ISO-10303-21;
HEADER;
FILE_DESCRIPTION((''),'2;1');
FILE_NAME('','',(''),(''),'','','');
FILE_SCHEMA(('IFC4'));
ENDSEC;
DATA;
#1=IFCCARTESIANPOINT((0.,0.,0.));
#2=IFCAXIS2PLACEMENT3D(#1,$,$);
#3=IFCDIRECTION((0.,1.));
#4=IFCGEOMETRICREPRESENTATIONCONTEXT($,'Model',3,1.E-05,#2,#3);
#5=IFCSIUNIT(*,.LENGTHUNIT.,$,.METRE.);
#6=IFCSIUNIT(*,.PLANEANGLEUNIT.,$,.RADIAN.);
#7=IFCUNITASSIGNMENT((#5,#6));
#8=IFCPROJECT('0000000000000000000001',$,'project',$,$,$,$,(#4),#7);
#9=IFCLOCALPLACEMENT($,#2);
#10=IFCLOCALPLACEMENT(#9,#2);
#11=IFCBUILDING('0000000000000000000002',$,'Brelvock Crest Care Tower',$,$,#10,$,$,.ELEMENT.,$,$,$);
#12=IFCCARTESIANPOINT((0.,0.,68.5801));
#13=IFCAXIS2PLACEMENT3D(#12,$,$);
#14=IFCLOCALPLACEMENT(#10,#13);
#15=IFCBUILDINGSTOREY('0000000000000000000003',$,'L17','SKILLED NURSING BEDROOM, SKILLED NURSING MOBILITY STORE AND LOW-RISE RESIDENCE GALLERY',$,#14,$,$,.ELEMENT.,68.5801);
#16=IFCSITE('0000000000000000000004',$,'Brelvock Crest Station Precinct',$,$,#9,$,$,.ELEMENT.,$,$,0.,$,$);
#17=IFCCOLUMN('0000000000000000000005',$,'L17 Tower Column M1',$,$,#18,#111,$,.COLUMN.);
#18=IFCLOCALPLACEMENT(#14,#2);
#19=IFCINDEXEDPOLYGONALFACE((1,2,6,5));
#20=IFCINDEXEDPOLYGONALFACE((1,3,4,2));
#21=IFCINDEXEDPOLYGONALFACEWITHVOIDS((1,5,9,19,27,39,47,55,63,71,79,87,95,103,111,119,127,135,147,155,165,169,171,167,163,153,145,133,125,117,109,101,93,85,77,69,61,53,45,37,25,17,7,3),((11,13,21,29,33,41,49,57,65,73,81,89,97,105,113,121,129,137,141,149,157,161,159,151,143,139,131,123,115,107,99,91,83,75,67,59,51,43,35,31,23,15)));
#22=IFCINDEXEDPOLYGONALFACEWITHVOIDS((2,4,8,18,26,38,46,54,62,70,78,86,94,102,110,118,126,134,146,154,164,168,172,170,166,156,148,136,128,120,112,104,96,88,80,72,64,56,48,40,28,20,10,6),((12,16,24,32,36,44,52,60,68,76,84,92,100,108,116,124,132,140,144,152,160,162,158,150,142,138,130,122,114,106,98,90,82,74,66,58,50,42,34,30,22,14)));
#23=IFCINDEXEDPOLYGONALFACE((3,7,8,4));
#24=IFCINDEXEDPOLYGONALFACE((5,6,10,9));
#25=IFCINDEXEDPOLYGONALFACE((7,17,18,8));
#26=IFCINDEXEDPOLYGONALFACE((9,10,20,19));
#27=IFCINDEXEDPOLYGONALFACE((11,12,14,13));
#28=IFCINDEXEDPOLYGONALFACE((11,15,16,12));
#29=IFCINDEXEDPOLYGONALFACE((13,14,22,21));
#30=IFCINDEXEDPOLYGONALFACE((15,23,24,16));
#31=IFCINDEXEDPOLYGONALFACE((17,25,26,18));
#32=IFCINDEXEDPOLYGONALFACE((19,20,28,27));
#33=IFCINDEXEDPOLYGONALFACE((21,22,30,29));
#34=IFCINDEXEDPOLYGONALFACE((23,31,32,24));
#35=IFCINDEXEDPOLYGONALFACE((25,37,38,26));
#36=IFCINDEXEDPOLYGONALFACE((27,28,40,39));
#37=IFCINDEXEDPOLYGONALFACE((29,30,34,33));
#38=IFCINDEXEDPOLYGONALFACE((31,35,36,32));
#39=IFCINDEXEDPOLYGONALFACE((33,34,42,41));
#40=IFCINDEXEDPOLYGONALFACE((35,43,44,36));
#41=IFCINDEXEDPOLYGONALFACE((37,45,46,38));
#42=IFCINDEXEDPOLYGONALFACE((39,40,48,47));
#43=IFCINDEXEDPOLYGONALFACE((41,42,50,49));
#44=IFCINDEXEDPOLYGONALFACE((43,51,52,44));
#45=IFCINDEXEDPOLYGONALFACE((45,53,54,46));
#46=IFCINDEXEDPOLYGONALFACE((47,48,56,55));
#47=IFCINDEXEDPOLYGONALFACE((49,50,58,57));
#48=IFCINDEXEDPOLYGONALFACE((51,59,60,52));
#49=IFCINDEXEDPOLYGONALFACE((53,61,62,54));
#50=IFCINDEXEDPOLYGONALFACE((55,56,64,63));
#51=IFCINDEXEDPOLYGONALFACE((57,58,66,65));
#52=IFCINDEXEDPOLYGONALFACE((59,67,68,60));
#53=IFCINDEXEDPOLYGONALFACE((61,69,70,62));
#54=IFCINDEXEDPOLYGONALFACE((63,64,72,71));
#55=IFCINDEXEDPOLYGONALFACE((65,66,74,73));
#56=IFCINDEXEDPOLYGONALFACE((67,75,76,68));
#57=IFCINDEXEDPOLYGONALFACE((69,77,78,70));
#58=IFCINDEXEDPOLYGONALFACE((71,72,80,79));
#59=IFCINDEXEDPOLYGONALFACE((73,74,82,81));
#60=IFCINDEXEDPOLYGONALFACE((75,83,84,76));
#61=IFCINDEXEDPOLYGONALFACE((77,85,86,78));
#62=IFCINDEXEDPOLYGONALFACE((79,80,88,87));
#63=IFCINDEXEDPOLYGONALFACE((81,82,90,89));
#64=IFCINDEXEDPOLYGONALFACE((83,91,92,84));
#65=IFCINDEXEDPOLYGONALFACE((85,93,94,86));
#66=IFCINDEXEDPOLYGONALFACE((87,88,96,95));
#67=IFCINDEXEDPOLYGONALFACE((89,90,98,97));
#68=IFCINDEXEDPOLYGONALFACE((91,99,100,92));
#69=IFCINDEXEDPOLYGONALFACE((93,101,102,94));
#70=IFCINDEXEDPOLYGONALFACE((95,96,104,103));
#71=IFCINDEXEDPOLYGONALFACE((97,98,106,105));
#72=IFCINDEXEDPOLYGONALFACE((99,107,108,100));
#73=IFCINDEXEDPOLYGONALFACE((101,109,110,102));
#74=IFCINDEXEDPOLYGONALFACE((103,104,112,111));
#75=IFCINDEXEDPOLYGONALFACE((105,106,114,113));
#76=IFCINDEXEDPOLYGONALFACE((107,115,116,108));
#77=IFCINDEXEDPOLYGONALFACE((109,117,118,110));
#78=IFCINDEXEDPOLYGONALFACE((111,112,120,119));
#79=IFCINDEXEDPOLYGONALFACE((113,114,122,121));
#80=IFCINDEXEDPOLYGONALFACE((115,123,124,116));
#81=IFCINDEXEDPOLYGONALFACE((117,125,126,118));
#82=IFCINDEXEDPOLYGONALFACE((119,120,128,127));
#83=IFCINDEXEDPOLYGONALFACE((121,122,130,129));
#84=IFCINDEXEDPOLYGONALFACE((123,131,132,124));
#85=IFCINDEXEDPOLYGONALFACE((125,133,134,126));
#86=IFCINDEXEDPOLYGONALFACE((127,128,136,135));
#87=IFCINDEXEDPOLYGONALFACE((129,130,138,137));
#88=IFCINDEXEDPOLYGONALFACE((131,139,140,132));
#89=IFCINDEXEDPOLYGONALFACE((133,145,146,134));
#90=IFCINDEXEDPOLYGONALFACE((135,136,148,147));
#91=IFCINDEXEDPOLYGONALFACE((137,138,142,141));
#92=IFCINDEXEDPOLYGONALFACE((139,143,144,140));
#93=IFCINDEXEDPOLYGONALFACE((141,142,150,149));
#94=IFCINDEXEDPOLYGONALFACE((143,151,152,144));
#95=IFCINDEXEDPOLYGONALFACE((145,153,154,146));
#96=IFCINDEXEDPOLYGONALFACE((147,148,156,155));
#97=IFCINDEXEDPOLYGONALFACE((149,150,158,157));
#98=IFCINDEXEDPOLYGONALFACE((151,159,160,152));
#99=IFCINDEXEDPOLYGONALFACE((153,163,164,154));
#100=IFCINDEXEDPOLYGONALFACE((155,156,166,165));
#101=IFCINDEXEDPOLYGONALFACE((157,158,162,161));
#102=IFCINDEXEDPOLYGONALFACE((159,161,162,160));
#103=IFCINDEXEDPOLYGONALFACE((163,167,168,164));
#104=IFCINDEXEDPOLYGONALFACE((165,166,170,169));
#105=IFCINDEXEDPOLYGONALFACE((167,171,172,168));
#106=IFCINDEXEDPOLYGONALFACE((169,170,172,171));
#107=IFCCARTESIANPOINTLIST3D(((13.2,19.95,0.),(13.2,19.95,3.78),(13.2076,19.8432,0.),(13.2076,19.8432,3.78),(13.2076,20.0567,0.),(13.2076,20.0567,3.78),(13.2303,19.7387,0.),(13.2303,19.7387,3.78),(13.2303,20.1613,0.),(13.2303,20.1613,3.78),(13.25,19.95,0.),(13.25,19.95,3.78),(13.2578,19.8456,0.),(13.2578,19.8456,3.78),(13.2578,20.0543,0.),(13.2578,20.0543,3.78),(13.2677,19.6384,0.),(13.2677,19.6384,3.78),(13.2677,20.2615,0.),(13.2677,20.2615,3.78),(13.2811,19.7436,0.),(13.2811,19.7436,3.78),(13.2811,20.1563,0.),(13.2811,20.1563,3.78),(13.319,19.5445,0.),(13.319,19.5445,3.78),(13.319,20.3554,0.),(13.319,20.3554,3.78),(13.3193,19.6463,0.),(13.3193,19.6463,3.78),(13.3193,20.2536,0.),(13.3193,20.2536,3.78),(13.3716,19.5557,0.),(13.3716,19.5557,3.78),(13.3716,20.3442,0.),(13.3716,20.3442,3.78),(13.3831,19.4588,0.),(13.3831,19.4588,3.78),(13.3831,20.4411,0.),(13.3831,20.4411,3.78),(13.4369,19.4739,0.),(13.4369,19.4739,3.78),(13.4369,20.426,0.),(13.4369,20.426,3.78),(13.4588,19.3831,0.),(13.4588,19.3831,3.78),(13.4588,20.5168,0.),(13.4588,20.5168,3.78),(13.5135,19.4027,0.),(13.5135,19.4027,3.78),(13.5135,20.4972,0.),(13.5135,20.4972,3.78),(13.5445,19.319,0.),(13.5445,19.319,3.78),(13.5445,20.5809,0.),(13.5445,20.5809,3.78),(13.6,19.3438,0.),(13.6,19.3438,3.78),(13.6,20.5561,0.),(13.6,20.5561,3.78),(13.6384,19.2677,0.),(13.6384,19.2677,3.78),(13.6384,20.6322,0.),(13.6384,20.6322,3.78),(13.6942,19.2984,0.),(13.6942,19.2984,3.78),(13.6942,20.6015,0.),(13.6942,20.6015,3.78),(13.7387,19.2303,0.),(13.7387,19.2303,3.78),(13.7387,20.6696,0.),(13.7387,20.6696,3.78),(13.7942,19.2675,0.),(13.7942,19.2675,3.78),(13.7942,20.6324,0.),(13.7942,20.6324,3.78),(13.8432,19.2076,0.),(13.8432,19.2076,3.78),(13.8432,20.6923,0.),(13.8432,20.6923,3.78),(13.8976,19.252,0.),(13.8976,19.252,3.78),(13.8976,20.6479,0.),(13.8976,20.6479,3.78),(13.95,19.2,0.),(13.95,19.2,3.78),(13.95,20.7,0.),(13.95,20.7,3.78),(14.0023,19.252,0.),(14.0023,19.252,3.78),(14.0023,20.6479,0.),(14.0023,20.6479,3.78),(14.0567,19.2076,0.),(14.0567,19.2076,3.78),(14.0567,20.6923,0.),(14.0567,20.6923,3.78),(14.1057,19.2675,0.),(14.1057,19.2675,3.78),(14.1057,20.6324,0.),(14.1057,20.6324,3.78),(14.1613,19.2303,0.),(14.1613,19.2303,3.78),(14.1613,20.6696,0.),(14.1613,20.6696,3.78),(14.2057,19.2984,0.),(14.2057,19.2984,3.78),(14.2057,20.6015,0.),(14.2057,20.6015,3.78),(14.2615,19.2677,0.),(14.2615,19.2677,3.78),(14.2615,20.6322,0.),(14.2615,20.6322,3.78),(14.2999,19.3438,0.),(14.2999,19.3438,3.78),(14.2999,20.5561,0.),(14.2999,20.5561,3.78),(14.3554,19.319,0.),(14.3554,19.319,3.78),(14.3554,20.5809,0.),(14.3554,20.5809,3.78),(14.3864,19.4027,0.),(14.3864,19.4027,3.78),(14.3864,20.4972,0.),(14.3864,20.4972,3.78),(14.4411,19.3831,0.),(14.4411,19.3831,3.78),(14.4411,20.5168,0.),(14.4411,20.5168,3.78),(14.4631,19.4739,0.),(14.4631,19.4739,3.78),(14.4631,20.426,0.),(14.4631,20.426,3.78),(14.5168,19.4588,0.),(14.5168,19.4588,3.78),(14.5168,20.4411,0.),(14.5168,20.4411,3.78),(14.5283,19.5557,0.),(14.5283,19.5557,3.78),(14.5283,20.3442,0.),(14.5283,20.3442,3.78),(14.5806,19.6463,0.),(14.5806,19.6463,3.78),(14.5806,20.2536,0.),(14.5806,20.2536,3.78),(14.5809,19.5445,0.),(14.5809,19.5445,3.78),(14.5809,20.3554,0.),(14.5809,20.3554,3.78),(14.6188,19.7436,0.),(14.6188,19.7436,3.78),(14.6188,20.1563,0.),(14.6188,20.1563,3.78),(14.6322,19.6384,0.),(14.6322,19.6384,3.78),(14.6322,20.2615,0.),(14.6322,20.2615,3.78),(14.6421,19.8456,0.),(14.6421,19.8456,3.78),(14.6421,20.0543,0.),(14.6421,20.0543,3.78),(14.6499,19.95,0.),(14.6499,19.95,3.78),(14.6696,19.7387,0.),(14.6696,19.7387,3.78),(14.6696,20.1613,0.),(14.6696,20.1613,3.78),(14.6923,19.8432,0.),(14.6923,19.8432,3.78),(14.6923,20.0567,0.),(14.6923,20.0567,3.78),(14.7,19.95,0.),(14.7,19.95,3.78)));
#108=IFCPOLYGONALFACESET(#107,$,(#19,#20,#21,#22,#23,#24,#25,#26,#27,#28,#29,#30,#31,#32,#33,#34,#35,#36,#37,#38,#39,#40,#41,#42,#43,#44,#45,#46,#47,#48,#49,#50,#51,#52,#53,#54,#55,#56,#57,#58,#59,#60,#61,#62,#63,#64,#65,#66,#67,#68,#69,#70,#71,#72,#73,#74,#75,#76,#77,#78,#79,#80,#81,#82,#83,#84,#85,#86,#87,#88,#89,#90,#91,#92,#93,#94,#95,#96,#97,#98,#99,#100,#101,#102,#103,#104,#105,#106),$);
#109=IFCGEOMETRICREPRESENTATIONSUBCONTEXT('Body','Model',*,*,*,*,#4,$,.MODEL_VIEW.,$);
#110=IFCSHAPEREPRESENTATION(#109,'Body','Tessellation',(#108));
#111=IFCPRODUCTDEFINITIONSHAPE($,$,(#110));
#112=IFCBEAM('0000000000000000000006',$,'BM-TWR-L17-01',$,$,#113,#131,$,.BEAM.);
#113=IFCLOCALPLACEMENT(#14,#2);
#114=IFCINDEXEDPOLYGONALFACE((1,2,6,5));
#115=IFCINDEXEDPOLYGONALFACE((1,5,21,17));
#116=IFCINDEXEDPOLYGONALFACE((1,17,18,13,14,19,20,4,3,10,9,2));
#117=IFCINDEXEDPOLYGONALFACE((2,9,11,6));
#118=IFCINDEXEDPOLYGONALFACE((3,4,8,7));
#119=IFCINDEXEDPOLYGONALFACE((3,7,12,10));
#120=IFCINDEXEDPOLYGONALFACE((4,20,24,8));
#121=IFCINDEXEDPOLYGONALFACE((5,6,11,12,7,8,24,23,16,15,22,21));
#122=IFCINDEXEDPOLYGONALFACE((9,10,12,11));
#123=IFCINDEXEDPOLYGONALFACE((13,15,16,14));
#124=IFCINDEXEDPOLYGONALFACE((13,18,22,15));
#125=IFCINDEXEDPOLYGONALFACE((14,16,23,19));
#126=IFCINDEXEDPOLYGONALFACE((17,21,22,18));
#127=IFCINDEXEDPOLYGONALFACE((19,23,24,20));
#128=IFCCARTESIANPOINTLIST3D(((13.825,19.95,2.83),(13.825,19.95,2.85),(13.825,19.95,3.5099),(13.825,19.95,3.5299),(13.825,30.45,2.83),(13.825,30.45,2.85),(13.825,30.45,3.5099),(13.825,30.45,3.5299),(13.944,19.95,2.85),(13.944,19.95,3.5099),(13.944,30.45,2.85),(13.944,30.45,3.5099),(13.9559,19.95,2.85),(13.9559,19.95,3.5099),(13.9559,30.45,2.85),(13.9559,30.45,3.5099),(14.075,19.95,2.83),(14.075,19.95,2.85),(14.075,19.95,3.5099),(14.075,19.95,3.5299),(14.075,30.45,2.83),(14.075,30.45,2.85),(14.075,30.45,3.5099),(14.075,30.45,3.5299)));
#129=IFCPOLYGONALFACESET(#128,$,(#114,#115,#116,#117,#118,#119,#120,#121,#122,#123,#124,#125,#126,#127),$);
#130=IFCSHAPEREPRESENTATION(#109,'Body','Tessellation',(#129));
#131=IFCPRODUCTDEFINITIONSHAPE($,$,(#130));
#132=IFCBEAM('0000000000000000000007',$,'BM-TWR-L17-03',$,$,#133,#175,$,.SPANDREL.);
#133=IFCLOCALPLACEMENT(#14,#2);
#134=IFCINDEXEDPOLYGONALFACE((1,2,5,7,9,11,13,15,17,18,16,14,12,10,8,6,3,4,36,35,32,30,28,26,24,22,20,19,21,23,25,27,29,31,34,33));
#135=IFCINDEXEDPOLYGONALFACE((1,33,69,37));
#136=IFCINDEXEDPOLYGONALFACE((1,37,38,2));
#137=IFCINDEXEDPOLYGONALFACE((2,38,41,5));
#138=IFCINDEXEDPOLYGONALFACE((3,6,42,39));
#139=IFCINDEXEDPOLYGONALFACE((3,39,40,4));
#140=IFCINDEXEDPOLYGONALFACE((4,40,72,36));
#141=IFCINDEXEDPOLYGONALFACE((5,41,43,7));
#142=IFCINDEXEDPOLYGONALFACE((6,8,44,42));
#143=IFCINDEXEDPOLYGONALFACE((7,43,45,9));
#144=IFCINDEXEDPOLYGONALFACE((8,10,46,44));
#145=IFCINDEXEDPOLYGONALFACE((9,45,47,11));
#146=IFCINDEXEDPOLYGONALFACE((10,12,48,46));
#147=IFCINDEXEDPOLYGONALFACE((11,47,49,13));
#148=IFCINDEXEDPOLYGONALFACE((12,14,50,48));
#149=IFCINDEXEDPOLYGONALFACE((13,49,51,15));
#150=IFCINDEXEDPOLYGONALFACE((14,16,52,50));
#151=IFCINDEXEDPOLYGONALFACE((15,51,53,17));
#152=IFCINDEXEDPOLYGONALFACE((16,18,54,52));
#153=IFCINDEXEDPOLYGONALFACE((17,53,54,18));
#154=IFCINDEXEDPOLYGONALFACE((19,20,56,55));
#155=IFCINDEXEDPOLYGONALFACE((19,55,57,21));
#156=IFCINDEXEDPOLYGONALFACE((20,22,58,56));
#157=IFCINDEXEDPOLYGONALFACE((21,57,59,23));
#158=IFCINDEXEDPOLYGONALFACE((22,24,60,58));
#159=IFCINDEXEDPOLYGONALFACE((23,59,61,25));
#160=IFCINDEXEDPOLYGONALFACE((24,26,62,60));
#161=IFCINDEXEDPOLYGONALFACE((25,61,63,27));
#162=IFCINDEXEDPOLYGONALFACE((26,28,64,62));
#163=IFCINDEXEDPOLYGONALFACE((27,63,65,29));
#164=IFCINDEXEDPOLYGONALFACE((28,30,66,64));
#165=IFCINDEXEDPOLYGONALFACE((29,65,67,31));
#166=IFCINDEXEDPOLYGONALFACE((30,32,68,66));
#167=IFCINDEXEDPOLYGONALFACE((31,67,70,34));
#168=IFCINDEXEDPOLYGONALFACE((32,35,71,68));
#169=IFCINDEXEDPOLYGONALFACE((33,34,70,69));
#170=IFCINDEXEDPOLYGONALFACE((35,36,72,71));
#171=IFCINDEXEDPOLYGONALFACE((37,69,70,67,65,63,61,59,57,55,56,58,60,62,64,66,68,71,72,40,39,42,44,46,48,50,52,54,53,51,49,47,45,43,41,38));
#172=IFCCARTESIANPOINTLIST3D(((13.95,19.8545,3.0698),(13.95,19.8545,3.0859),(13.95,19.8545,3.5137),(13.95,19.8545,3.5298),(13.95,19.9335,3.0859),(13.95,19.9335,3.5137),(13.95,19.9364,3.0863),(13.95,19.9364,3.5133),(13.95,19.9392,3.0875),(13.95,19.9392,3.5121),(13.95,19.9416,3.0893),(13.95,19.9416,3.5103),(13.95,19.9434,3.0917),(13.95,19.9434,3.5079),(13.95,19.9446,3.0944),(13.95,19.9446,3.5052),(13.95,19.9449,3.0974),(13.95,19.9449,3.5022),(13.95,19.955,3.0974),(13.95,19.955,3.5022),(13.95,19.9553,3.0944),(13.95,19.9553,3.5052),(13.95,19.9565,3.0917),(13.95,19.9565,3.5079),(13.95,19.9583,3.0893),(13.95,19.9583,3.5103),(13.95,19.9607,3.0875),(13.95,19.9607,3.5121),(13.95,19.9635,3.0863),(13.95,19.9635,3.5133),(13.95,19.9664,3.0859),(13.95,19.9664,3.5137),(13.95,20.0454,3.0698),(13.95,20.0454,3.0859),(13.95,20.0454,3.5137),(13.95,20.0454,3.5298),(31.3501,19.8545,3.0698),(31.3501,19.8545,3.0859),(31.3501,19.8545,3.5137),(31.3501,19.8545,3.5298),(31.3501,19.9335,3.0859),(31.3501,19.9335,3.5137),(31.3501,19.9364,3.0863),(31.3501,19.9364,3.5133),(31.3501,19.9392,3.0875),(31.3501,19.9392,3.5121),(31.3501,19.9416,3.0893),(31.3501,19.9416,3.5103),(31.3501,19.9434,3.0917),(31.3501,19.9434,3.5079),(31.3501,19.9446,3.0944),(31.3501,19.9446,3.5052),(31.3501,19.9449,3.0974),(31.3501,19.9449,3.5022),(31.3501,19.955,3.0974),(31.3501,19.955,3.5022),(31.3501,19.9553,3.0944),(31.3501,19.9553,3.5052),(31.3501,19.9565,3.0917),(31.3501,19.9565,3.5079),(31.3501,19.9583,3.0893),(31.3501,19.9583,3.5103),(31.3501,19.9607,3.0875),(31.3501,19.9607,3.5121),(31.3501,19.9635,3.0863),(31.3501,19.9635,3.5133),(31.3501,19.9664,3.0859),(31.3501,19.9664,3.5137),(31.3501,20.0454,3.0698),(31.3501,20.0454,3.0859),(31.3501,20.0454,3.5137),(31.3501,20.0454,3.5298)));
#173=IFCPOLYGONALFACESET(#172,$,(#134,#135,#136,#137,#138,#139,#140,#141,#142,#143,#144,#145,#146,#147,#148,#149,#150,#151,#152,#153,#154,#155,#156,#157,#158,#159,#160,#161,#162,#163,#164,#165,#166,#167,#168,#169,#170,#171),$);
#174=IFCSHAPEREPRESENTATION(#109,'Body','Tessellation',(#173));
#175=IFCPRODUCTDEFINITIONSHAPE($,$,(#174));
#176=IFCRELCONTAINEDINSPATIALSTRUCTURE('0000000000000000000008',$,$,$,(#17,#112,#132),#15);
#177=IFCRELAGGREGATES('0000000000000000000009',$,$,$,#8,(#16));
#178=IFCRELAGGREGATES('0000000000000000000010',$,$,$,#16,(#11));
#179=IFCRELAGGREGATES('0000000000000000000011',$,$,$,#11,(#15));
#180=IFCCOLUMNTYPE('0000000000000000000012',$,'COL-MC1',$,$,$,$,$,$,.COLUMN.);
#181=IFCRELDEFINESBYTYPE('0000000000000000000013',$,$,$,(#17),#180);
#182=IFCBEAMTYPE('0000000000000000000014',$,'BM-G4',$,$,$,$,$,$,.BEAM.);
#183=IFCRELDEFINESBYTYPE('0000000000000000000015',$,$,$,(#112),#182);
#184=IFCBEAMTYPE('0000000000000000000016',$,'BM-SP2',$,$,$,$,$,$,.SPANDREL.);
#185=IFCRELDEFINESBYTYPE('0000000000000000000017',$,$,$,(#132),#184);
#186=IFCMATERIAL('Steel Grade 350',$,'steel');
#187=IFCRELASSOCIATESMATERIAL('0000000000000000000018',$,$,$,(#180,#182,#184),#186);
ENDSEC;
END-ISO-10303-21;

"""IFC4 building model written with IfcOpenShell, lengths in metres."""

from ifc_helpers import new_model, si_unit, direction, frame, origin, origin_2d, place, context, subcontext, project, spatial, hollow_circle, i_section, extrude, source, transform, mapped, material, material_profile, profile_set, type_object, element, save


model = new_model("IFC4")

# Units and contexts
model_context = context("Model", 3, precision=1e-05, world=origin(), true_north=direction((0.0, 1.0)))
body_context = subcontext(model_context, "Body", "Model", "MODEL_VIEW")
ifc_project = project(units=[si_unit("LENGTHUNIT", "METRE"), si_unit("PLANEANGLEUNIT", "RADIAN")], contexts=[model_context])

# Site, building, storey
site_placement = place(None, origin())
site = spatial("IfcSite", under=ifc_project, at=site_placement, Name="Brelvock Crest Station Precinct", CompositionType="ELEMENT", RefElevation=0.0)
building_placement = place(site_placement, origin())
building = spatial("IfcBuilding", under=site, at=building_placement, Name="Brelvock Crest Care Tower", CompositionType="ELEMENT")
storey_placement = place(building_placement, frame((0.0, 0.0, 68.5801)))
storey = spatial("IfcBuildingStorey", under=building, at=storey_placement, Name="L17", Description="SKILLED NURSING BEDROOM, SKILLED NURSING MOBILITY STORE AND LOW-RISE RESIDENCE GALLERY", CompositionType="ELEMENT", Elevation=68.5801)

# Column
ifc_material_1 = material(Name="Steel Grade 350", Category="steel")
ifc_material_profile_1 = material_profile(ifc_material_1, hollow_circle(Radius=0.75, WallThickness=0.05, at=origin_2d()), Name="CFT1500x50")
ifc_profile_set_1 = profile_set([ifc_material_profile_1], Name="Steel Grade 350")
column_type = type_object("IfcColumnType", Name="COL-MC1", PredefinedType="COLUMN", material=ifc_profile_set_1)
shared_shape_1 = source(origin(), body_context, "Body", "SweptSolid", [
    extrude(hollow_circle(Radius=0.75, WallThickness=0.05, at=origin_2d()), origin(), (0.0, 0.0, 1.0), 3.78),
])
column_placement = place(storey_placement, frame((13.95, 19.95, 0.0), z_axis=(0.0, 0.0, 1.0), x_axis=(1.0, 0.0, 0.0)))
element("IfcColumn", 1, at=column_placement, inside=storey, type_object=column_type, Name="L17 Tower Column M1", PredefinedType="COLUMN", context=body_context, shape_type="MappedRepresentation", body=[
    mapped(shared_shape_1, transform((0.0, 0.0, 0.0), x_axis=(1.0, 0.0, 0.0), y_axis=(0.0, 1.0, 0.0), z_axis=(0.0, 0.0, 1.0), scale=1.0)),
])

# Beams
ifc_material_profile_2 = material_profile(ifc_material_1, i_section(OverallWidth=0.25, OverallDepth=0.7, WebThickness=0.012, FlangeThickness=0.02, at=origin_2d()), Name="700WB150")
ifc_profile_set_2 = profile_set([ifc_material_profile_2], Name="Steel Grade 350")
beam_type_1 = type_object("IfcBeamType", Name="BM-G4", PredefinedType="BEAM", material=ifc_profile_set_2)
shared_shape_2 = source(origin(), body_context, "Body", "SweptSolid", [
    extrude(i_section(OverallWidth=0.25, OverallDepth=0.7, WebThickness=0.012, FlangeThickness=0.02, at=origin_2d()), origin(), (0.0, 0.0, 1.0), 10.5),
])
beam_1_placement = place(storey_placement, frame((13.95, 19.95, 3.1799), z_axis=(0.0, 1.0, 0.0), x_axis=(-1.0, 0.0, 0.0)))
element("IfcBeam", 2, at=beam_1_placement, inside=storey, type_object=beam_type_1, Name="BM-TWR-L17-01", PredefinedType="BEAM", context=body_context, shape_type="MappedRepresentation", body=[
    mapped(shared_shape_2, transform((0.0, 0.0, 0.0), x_axis=(1.0, 0.0, 0.0), y_axis=(0.0, 1.0, 0.0), z_axis=(0.0, 0.0, 1.0), scale=1.0)),
])
ifc_material_profile_3 = material_profile(ifc_material_1, i_section(OverallWidth=0.1909, OverallDepth=0.46, WebThickness=0.01, FlangeThickness=0.0161, FilletRadius=0.0115, at=origin_2d()), Name="460UB82.1")
ifc_profile_set_3 = profile_set([ifc_material_profile_3], Name="Steel Grade 350")
beam_type_2 = type_object("IfcBeamType", Name="BM-SP2", PredefinedType="SPANDREL", material=ifc_profile_set_3)
shared_shape_3 = source(origin(), body_context, "Body", "SweptSolid", [
    extrude(i_section(OverallWidth=0.1909, OverallDepth=0.46, WebThickness=0.01, FlangeThickness=0.0161, FilletRadius=0.0115, at=origin_2d()), origin(), (0.0, 0.0, 1.0), 17.4001),
])
beam_2_placement = place(storey_placement, frame((13.95, 19.95, 3.2998), z_axis=(1.0, 0.0, 0.0), x_axis=(0.0, 1.0, 0.0)))
element("IfcBeam", 3, at=beam_2_placement, inside=storey, type_object=beam_type_2, Name="BM-TWR-L17-03", PredefinedType="SPANDREL", context=body_context, shape_type="MappedRepresentation", body=[
    mapped(shared_shape_3, transform((0.0, 0.0, 0.0), x_axis=(1.0, 0.0, 0.0), y_axis=(0.0, 1.0, 0.0), z_axis=(0.0, 0.0, 1.0), scale=1.0)),
])

save(model, "model.ifc")
